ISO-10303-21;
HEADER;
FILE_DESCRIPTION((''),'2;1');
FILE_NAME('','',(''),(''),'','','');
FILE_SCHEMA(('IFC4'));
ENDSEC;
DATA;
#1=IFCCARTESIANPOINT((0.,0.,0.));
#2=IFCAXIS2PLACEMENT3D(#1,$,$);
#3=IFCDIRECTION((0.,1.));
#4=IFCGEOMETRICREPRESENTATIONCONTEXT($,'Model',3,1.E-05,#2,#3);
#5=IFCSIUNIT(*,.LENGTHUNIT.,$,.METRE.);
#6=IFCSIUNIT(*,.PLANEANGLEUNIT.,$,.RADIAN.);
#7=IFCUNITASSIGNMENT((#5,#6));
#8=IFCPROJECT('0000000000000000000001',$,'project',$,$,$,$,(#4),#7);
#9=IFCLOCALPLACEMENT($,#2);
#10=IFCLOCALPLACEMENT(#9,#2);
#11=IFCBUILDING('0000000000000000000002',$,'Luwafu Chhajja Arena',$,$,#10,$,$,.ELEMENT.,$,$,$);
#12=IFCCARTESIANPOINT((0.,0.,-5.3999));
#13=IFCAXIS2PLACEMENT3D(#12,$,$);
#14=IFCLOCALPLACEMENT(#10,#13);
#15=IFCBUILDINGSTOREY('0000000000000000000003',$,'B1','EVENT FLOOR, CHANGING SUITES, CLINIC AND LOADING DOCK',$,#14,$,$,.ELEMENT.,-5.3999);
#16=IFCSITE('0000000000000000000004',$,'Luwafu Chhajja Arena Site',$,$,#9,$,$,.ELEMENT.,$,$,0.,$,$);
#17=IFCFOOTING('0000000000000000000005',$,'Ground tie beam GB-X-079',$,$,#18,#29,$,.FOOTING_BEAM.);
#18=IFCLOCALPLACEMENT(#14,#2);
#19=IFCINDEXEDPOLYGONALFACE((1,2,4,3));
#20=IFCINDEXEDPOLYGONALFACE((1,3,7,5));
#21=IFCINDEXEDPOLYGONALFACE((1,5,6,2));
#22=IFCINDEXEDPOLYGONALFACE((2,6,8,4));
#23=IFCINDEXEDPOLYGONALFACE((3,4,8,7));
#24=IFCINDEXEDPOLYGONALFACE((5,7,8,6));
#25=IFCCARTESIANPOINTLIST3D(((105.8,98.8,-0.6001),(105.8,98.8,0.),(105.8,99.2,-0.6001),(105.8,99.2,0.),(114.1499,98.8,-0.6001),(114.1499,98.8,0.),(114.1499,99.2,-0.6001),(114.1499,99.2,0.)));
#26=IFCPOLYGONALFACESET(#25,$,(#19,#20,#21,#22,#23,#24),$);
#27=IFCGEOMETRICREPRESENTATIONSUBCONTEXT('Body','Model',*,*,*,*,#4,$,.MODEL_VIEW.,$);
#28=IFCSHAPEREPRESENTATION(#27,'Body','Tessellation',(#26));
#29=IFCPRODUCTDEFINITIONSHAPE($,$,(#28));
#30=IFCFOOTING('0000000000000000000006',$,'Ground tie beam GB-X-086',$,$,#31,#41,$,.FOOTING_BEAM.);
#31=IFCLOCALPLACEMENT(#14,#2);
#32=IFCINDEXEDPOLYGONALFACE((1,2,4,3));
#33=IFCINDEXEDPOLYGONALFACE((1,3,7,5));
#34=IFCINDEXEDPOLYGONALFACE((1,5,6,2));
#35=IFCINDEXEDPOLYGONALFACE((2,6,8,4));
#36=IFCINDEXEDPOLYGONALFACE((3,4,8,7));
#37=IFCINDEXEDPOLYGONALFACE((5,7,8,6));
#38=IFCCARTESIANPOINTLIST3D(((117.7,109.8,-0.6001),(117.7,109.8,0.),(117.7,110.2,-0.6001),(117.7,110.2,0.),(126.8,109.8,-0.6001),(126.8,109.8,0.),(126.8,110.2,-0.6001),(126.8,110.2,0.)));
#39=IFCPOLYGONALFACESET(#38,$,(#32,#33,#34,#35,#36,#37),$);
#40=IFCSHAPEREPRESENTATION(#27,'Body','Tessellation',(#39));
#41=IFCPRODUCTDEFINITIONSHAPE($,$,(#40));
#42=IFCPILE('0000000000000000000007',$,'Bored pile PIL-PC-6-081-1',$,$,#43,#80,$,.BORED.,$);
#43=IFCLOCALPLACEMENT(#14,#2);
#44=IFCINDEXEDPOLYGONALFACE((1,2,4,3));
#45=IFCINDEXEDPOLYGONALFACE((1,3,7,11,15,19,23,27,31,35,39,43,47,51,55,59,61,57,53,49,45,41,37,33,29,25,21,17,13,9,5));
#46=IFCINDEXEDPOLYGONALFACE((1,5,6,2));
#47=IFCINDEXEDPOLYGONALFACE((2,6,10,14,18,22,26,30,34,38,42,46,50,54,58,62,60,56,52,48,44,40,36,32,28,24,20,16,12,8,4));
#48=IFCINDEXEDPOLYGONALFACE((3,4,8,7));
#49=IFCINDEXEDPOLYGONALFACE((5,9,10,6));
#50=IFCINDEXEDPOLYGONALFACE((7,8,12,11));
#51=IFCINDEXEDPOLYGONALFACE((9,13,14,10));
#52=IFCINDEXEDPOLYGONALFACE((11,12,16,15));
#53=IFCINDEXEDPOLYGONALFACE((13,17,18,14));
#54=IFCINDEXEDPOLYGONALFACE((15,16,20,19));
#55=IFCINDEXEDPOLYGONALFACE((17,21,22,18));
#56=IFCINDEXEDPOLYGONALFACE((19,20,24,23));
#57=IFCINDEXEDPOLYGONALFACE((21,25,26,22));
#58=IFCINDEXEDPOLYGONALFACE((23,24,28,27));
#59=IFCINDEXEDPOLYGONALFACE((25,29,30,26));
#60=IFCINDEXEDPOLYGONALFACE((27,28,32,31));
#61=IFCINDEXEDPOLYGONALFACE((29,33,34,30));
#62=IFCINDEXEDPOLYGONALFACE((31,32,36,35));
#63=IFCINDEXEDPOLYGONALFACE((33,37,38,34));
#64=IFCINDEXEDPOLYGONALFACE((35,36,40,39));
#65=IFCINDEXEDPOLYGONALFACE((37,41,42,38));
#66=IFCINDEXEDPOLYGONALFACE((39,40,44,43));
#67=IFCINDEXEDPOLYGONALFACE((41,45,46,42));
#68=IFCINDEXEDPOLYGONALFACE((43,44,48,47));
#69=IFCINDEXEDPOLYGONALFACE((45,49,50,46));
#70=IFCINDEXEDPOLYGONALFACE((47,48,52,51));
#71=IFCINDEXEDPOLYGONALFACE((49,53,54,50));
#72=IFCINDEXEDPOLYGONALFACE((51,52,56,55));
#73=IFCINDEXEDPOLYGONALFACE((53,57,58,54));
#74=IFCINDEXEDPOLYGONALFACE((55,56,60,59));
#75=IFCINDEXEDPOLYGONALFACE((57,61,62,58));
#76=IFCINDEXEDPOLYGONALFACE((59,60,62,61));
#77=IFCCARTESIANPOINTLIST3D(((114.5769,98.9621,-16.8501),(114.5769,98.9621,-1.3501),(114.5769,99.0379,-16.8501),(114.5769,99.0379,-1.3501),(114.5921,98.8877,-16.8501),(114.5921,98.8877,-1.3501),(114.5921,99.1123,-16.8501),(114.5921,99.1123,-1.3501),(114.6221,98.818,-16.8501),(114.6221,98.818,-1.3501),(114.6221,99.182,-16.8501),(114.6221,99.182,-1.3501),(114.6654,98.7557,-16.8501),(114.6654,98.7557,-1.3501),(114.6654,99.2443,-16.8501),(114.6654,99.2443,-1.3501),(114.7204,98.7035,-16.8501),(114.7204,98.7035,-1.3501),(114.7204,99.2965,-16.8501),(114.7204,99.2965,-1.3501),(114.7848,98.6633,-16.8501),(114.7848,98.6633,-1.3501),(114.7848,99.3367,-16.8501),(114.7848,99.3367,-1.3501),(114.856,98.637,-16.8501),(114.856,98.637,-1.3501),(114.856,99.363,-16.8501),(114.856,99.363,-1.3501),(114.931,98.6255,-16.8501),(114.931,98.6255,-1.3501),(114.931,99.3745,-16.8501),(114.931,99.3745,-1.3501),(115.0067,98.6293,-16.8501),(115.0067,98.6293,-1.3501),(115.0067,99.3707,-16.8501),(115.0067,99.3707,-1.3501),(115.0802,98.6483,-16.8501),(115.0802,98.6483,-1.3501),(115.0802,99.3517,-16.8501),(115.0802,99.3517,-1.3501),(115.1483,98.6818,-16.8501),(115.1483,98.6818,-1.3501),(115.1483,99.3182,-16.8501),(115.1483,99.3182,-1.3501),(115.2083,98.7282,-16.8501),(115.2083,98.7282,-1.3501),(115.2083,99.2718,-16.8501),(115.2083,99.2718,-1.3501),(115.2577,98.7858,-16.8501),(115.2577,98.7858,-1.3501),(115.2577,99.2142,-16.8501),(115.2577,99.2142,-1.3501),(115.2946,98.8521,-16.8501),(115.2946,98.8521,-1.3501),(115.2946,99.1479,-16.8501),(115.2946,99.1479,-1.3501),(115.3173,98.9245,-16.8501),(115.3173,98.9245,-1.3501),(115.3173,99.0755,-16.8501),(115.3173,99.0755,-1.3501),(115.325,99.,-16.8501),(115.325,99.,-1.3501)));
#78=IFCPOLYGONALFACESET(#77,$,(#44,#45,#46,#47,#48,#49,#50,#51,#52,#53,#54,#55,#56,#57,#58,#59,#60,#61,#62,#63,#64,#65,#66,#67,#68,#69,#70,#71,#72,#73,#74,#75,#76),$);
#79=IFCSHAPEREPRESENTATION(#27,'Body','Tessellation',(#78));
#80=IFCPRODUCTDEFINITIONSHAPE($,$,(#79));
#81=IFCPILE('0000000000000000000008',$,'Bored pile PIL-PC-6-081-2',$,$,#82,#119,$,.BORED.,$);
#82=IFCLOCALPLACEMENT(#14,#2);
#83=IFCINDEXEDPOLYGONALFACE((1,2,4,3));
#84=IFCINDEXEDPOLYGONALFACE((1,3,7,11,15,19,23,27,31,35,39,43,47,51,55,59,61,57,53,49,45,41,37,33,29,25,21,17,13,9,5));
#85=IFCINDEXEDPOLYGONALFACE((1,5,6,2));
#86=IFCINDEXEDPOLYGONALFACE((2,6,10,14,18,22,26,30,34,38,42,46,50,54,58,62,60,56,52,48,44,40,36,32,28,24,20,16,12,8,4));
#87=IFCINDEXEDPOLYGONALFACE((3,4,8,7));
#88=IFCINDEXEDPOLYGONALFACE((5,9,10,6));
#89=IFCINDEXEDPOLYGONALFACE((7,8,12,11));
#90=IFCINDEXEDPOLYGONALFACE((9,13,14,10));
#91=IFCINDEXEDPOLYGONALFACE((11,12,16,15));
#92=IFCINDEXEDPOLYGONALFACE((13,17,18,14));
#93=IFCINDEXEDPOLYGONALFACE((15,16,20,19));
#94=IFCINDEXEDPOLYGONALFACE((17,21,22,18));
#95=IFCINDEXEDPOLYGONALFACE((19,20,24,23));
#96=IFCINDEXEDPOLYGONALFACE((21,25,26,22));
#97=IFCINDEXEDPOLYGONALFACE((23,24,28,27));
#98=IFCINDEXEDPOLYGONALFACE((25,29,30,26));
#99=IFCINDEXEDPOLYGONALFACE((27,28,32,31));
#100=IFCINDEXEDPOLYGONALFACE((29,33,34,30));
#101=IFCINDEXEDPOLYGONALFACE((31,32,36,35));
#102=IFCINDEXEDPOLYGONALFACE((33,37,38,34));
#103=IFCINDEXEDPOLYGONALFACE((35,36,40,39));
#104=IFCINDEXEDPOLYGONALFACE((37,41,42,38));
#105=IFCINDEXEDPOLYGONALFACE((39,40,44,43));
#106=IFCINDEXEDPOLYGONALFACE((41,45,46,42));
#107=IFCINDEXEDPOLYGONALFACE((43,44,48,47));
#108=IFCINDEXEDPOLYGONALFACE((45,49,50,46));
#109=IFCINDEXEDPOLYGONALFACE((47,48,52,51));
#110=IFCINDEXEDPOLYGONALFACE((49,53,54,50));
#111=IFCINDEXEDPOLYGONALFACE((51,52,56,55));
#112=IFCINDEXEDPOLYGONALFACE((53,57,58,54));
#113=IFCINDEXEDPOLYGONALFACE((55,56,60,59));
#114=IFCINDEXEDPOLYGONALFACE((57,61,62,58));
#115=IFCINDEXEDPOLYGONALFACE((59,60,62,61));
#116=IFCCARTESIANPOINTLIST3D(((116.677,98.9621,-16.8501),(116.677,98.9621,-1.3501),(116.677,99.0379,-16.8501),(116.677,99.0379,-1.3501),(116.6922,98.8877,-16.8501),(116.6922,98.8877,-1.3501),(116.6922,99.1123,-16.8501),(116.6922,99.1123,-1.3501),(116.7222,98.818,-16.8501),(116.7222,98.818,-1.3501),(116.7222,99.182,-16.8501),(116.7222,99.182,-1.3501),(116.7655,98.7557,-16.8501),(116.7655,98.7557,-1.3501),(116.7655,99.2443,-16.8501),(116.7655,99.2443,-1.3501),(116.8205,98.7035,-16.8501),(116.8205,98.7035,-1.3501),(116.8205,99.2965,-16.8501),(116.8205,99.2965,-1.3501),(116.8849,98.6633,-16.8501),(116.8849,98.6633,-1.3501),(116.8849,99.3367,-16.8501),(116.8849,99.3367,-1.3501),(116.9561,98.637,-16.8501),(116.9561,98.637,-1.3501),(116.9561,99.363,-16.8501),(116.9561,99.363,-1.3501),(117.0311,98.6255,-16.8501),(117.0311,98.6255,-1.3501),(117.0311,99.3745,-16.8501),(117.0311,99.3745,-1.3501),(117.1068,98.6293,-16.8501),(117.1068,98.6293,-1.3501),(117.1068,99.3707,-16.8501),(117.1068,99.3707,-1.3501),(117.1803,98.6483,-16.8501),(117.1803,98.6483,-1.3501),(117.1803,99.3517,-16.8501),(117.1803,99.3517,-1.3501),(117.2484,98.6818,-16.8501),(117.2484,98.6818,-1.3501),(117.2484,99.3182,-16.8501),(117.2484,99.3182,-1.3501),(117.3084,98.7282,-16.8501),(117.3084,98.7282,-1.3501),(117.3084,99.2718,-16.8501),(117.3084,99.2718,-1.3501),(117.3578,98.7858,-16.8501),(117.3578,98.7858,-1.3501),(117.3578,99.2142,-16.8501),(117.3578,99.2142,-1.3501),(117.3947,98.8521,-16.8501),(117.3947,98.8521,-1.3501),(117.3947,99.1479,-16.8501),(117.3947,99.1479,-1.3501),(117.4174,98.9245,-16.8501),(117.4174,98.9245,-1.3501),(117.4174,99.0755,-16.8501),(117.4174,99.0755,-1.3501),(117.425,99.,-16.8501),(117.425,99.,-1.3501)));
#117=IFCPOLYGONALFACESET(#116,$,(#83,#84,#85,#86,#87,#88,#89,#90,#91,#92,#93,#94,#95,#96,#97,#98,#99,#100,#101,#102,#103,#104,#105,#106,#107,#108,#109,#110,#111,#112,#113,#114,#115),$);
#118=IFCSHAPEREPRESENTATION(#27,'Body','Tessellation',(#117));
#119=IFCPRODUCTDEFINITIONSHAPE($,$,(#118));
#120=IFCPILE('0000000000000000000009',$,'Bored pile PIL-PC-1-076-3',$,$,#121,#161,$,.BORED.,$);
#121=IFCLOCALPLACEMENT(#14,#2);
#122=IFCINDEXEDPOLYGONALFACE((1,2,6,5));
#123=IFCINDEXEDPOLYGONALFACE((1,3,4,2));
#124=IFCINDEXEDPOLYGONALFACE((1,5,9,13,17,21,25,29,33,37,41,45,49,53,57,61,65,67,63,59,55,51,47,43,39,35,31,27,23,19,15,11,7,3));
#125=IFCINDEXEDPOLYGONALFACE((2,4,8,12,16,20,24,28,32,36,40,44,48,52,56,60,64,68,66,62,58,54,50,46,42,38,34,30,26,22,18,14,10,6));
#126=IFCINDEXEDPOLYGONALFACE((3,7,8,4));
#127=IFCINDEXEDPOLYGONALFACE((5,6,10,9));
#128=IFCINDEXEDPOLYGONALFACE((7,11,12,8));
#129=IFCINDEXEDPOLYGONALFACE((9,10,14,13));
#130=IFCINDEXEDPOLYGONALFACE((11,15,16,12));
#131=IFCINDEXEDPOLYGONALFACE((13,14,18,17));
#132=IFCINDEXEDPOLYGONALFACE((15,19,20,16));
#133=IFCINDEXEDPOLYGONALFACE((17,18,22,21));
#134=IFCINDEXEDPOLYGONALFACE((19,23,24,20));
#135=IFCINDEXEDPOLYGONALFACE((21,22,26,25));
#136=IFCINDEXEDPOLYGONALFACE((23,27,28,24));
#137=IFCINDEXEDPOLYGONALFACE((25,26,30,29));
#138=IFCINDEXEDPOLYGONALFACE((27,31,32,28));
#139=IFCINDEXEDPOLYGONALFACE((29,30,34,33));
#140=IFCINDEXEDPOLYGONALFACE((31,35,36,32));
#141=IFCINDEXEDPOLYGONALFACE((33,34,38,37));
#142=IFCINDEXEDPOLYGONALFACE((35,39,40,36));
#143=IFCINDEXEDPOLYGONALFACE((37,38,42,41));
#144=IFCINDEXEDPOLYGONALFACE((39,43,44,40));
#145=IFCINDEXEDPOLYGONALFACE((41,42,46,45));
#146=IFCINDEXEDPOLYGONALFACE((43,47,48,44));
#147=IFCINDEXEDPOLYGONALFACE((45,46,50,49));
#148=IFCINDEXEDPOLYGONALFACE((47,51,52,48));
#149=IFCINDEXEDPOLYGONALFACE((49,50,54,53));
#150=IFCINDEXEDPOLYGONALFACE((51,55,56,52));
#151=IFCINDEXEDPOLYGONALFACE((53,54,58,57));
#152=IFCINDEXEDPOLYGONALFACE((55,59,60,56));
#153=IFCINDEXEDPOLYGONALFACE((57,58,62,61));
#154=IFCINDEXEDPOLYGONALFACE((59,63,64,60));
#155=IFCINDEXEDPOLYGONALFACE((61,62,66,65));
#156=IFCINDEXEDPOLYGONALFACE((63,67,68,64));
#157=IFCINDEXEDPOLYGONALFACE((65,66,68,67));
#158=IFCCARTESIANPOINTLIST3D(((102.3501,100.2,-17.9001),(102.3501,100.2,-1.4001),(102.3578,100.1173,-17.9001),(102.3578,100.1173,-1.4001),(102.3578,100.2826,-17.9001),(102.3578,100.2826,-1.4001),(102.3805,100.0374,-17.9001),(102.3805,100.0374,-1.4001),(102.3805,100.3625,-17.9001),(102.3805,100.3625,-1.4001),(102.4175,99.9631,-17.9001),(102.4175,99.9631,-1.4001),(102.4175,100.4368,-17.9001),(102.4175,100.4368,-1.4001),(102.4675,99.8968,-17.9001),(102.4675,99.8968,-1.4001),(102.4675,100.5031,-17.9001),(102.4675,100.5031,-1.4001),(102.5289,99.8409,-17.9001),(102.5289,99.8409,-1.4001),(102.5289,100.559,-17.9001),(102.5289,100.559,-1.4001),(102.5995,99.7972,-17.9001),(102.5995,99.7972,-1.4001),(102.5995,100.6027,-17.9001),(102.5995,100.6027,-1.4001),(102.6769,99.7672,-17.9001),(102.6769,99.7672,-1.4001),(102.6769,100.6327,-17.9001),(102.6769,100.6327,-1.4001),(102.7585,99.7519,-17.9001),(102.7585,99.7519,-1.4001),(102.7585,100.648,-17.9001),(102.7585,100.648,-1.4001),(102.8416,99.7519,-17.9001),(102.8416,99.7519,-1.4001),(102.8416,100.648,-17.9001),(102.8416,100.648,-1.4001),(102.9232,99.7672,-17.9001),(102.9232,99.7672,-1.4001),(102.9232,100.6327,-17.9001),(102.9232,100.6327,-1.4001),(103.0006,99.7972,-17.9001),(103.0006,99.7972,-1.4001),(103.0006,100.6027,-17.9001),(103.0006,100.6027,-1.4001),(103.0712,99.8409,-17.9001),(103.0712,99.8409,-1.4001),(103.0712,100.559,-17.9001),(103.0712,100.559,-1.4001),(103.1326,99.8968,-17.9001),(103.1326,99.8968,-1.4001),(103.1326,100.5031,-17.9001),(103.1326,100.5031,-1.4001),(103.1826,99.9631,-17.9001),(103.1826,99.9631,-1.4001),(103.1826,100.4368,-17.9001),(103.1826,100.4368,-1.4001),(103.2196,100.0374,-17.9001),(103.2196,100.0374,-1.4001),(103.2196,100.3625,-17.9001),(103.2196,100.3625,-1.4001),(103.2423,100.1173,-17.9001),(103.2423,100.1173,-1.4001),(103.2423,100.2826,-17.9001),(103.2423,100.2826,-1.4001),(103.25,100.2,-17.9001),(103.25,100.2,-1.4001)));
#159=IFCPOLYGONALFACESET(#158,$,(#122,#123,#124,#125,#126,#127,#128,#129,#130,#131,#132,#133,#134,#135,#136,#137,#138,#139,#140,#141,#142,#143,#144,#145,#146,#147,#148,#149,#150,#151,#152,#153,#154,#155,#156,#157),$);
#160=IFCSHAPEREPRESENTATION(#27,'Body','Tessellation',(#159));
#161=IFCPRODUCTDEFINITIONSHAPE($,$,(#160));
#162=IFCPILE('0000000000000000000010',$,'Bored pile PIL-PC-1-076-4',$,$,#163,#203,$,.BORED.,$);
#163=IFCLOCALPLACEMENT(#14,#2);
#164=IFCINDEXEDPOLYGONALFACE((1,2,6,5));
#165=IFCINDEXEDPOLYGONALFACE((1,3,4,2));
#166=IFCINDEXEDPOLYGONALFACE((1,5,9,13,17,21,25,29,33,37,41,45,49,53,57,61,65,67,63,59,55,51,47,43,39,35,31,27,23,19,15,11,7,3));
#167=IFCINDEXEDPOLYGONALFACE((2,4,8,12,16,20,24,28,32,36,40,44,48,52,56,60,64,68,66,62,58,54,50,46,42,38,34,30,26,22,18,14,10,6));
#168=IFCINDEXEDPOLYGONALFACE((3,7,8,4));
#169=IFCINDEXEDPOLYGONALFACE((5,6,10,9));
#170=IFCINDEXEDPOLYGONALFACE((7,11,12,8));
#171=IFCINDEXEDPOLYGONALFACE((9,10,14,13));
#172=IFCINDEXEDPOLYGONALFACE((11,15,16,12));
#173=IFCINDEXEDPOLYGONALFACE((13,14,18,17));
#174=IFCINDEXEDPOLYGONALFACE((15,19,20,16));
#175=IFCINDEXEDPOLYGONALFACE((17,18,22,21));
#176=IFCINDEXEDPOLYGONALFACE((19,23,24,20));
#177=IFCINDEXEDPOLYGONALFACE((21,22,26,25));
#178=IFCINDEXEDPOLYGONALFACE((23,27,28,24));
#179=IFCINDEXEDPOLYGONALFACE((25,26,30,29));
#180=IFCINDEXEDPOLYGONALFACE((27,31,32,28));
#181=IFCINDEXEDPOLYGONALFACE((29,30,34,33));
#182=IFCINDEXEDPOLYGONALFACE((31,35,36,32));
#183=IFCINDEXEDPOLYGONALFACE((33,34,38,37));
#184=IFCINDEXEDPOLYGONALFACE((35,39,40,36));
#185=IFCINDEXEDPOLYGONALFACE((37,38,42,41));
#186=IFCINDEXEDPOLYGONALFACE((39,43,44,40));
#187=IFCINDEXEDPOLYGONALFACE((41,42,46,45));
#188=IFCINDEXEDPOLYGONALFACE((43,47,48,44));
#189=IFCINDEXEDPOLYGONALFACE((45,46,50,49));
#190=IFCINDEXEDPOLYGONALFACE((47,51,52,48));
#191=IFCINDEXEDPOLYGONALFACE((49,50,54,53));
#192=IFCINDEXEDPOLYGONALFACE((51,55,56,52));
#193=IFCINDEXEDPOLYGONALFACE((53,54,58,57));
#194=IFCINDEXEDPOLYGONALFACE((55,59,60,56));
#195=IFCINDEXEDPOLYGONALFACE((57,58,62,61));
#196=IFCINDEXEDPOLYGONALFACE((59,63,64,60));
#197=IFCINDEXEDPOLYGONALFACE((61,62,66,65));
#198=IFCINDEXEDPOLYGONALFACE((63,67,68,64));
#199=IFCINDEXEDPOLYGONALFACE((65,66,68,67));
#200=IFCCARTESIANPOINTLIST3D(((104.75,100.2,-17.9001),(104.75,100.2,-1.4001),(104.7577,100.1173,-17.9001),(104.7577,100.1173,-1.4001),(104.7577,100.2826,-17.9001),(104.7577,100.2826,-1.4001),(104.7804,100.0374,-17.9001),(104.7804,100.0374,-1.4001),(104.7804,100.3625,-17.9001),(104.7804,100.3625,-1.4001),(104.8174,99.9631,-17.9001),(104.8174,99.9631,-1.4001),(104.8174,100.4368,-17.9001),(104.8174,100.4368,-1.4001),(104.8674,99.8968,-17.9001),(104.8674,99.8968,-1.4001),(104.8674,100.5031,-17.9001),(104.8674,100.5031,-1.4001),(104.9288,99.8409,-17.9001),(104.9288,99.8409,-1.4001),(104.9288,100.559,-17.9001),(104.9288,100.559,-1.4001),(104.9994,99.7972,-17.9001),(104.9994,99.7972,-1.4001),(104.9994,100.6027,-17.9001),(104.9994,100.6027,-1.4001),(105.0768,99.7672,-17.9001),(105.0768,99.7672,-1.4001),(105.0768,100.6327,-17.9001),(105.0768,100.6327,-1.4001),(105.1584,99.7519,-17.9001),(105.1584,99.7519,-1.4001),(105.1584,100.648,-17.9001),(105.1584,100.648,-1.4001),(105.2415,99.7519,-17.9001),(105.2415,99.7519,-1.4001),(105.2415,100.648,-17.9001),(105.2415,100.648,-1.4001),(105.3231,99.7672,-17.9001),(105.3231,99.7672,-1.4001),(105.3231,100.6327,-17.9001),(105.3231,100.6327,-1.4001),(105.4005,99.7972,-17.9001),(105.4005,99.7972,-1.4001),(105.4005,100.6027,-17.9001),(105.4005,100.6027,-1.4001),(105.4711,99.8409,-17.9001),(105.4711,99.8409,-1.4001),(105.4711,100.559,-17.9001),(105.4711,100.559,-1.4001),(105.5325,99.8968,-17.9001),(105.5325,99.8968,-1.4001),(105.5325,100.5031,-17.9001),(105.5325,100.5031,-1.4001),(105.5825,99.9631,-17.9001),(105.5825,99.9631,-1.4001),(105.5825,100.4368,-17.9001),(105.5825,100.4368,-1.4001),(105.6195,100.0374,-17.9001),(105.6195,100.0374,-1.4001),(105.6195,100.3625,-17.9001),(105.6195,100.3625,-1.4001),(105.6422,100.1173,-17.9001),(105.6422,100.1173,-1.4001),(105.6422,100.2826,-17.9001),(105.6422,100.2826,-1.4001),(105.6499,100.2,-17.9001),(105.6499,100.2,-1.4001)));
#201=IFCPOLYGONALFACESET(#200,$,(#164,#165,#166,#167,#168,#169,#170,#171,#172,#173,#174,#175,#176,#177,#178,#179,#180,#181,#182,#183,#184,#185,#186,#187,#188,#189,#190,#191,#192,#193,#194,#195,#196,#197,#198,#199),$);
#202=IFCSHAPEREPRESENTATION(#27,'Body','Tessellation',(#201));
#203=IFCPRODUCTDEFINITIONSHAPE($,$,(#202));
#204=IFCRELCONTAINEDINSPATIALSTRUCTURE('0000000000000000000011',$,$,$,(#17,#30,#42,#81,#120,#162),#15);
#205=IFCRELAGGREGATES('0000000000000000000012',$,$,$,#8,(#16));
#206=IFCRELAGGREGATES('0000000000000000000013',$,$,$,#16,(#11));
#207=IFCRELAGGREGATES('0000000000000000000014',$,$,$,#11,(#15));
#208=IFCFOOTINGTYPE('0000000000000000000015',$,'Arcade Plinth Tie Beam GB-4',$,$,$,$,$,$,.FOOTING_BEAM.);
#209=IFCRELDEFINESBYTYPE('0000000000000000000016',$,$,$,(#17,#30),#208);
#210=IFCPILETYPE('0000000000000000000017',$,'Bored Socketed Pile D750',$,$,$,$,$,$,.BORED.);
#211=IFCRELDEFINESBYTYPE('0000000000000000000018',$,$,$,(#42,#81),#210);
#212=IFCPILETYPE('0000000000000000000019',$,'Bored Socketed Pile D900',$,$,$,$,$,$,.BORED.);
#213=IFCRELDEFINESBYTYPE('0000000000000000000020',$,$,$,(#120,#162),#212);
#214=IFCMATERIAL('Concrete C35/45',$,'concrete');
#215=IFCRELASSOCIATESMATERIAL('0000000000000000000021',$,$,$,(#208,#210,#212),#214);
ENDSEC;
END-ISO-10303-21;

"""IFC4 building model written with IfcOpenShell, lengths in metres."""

from ifc_helpers import new_model, si_unit, direction, frame, origin, origin_2d, place, context, subcontext, project, spatial, rectangle, circle, extrude, material, material_profile, profile_set, type_object, element, save


model = new_model("IFC4")

# Units and contexts
model_context = context("Model", 3, precision=1e-05, world=origin(), true_north=direction((0.0, 1.0)))
body_context = subcontext(model_context, "Body", "Model", "MODEL_VIEW")
ifc_project = project(units=[si_unit("LENGTHUNIT", "METRE"), si_unit("PLANEANGLEUNIT", "RADIAN")], contexts=[model_context])

# Site, building, storey
site_placement = place(None, origin())
site = spatial("IfcSite", under=ifc_project, at=site_placement, Name="Luwafu Chhajja Arena Site", CompositionType="ELEMENT", RefElevation=0.0)
building_placement = place(site_placement, origin())
building = spatial("IfcBuilding", under=site, at=building_placement, Name="Luwafu Chhajja Arena", CompositionType="ELEMENT")
storey_placement = place(building_placement, frame((0.0, 0.0, -5.3999)))
storey = spatial("IfcBuildingStorey", under=building, at=storey_placement, Name="B1", Description="EVENT FLOOR, CHANGING SUITES, CLINIC AND LOADING DOCK", CompositionType="ELEMENT", Elevation=-5.3999)

# Footings
ifc_material_1 = material(Name="Concrete C35/45", Category="concrete")
ifc_material_profile_1 = material_profile(ifc_material_1, rectangle(XDim=0.3999, YDim=0.6001, at=origin_2d()), Name="RC 400x600")
ifc_profile_set_1 = profile_set([ifc_material_profile_1], Name="Concrete C35/45")
footing_type_1 = type_object("IfcFootingType", Name="Arcade Plinth Tie Beam GB-4", PredefinedType="FOOTING_BEAM", material=ifc_profile_set_1)
footing_1_placement = place(storey_placement, frame((105.8, 99.0, -0.3), z_axis=(1.0, 0.0, 0.0), x_axis=(0.0, 1.0, 0.0)))
element("IfcFooting", 1, at=footing_1_placement, inside=storey, type_object=footing_type_1, Name="Ground tie beam GB-X-079", PredefinedType="FOOTING_BEAM", context=body_context, shape_type="SweptSolid", body=[
    extrude(rectangle(XDim=0.3999, YDim=0.6001, at=origin_2d()), origin(), (0.0, 0.0, 1.0), 8.3499),
])
footing_2_placement = place(storey_placement, frame((117.7, 110.0, -0.3), z_axis=(1.0, 0.0, 0.0), x_axis=(0.0, 1.0, 0.0)))
element("IfcFooting", 2, at=footing_2_placement, inside=storey, type_object=footing_type_1, Name="Ground tie beam GB-X-086", PredefinedType="FOOTING_BEAM", context=body_context, shape_type="SweptSolid", body=[
    extrude(rectangle(XDim=0.3999, YDim=0.6001, at=origin_2d()), origin(), (0.0, 0.0, 1.0), 9.1001),
])

# Piles
ifc_material_profile_2 = material_profile(ifc_material_1, circle(Radius=0.375, at=origin_2d()), Name="PILE D750")
ifc_profile_set_2 = profile_set([ifc_material_profile_2], Name="Concrete C35/45")
pile_type_1 = type_object("IfcPileType", Name="Bored Socketed Pile D750", PredefinedType="BORED", material=ifc_profile_set_2)
for number, where, z_axis, x_axis, name in (
    (3, (114.95, 99.0, -1.3501), (0.0, 0.0, -1.0), (1.0, 0.0, 0.0), "Bored pile PIL-PC-6-081-1"),
    (4, (117.05, 99.0, -1.3501), (0.0, 0.0, -1.0), (1.0, 0.0, 0.0), "Bored pile PIL-PC-6-081-2"),
):
    element("IfcPile", number, at=place(storey_placement, frame(where, z_axis=z_axis, x_axis=x_axis)), inside=storey, type_object=pile_type_1, Name=name, PredefinedType="BORED", context=body_context, shape_type="SweptSolid", body=[
        extrude(circle(Radius=0.375, at=origin_2d()), origin(), (0.0, 0.0, 1.0), 15.5),
    ])
ifc_material_profile_3 = material_profile(ifc_material_1, circle(Radius=0.45, at=origin_2d()), Name="PILE D900")
ifc_profile_set_3 = profile_set([ifc_material_profile_3], Name="Concrete C35/45")
pile_type_2 = type_object("IfcPileType", Name="Bored Socketed Pile D900", PredefinedType="BORED", material=ifc_profile_set_3)
for number, where, z_axis, x_axis, name in (
    (5, (102.8, 100.2, -1.4001), (0.0, 0.0, -1.0), (1.0, 0.0, 0.0), "Bored pile PIL-PC-1-076-3"),
    (6, (105.2, 100.2, -1.4001), (0.0, 0.0, -1.0), (1.0, 0.0, 0.0), "Bored pile PIL-PC-1-076-4"),
):
    element("IfcPile", number, at=place(storey_placement, frame(where, z_axis=z_axis, x_axis=x_axis)), inside=storey, type_object=pile_type_2, Name=name, PredefinedType="BORED", context=body_context, shape_type="SweptSolid", body=[
        extrude(circle(Radius=0.45, at=origin_2d()), origin(), (0.0, 0.0, 1.0), 16.5),
    ])

save(model, "model.ifc")
